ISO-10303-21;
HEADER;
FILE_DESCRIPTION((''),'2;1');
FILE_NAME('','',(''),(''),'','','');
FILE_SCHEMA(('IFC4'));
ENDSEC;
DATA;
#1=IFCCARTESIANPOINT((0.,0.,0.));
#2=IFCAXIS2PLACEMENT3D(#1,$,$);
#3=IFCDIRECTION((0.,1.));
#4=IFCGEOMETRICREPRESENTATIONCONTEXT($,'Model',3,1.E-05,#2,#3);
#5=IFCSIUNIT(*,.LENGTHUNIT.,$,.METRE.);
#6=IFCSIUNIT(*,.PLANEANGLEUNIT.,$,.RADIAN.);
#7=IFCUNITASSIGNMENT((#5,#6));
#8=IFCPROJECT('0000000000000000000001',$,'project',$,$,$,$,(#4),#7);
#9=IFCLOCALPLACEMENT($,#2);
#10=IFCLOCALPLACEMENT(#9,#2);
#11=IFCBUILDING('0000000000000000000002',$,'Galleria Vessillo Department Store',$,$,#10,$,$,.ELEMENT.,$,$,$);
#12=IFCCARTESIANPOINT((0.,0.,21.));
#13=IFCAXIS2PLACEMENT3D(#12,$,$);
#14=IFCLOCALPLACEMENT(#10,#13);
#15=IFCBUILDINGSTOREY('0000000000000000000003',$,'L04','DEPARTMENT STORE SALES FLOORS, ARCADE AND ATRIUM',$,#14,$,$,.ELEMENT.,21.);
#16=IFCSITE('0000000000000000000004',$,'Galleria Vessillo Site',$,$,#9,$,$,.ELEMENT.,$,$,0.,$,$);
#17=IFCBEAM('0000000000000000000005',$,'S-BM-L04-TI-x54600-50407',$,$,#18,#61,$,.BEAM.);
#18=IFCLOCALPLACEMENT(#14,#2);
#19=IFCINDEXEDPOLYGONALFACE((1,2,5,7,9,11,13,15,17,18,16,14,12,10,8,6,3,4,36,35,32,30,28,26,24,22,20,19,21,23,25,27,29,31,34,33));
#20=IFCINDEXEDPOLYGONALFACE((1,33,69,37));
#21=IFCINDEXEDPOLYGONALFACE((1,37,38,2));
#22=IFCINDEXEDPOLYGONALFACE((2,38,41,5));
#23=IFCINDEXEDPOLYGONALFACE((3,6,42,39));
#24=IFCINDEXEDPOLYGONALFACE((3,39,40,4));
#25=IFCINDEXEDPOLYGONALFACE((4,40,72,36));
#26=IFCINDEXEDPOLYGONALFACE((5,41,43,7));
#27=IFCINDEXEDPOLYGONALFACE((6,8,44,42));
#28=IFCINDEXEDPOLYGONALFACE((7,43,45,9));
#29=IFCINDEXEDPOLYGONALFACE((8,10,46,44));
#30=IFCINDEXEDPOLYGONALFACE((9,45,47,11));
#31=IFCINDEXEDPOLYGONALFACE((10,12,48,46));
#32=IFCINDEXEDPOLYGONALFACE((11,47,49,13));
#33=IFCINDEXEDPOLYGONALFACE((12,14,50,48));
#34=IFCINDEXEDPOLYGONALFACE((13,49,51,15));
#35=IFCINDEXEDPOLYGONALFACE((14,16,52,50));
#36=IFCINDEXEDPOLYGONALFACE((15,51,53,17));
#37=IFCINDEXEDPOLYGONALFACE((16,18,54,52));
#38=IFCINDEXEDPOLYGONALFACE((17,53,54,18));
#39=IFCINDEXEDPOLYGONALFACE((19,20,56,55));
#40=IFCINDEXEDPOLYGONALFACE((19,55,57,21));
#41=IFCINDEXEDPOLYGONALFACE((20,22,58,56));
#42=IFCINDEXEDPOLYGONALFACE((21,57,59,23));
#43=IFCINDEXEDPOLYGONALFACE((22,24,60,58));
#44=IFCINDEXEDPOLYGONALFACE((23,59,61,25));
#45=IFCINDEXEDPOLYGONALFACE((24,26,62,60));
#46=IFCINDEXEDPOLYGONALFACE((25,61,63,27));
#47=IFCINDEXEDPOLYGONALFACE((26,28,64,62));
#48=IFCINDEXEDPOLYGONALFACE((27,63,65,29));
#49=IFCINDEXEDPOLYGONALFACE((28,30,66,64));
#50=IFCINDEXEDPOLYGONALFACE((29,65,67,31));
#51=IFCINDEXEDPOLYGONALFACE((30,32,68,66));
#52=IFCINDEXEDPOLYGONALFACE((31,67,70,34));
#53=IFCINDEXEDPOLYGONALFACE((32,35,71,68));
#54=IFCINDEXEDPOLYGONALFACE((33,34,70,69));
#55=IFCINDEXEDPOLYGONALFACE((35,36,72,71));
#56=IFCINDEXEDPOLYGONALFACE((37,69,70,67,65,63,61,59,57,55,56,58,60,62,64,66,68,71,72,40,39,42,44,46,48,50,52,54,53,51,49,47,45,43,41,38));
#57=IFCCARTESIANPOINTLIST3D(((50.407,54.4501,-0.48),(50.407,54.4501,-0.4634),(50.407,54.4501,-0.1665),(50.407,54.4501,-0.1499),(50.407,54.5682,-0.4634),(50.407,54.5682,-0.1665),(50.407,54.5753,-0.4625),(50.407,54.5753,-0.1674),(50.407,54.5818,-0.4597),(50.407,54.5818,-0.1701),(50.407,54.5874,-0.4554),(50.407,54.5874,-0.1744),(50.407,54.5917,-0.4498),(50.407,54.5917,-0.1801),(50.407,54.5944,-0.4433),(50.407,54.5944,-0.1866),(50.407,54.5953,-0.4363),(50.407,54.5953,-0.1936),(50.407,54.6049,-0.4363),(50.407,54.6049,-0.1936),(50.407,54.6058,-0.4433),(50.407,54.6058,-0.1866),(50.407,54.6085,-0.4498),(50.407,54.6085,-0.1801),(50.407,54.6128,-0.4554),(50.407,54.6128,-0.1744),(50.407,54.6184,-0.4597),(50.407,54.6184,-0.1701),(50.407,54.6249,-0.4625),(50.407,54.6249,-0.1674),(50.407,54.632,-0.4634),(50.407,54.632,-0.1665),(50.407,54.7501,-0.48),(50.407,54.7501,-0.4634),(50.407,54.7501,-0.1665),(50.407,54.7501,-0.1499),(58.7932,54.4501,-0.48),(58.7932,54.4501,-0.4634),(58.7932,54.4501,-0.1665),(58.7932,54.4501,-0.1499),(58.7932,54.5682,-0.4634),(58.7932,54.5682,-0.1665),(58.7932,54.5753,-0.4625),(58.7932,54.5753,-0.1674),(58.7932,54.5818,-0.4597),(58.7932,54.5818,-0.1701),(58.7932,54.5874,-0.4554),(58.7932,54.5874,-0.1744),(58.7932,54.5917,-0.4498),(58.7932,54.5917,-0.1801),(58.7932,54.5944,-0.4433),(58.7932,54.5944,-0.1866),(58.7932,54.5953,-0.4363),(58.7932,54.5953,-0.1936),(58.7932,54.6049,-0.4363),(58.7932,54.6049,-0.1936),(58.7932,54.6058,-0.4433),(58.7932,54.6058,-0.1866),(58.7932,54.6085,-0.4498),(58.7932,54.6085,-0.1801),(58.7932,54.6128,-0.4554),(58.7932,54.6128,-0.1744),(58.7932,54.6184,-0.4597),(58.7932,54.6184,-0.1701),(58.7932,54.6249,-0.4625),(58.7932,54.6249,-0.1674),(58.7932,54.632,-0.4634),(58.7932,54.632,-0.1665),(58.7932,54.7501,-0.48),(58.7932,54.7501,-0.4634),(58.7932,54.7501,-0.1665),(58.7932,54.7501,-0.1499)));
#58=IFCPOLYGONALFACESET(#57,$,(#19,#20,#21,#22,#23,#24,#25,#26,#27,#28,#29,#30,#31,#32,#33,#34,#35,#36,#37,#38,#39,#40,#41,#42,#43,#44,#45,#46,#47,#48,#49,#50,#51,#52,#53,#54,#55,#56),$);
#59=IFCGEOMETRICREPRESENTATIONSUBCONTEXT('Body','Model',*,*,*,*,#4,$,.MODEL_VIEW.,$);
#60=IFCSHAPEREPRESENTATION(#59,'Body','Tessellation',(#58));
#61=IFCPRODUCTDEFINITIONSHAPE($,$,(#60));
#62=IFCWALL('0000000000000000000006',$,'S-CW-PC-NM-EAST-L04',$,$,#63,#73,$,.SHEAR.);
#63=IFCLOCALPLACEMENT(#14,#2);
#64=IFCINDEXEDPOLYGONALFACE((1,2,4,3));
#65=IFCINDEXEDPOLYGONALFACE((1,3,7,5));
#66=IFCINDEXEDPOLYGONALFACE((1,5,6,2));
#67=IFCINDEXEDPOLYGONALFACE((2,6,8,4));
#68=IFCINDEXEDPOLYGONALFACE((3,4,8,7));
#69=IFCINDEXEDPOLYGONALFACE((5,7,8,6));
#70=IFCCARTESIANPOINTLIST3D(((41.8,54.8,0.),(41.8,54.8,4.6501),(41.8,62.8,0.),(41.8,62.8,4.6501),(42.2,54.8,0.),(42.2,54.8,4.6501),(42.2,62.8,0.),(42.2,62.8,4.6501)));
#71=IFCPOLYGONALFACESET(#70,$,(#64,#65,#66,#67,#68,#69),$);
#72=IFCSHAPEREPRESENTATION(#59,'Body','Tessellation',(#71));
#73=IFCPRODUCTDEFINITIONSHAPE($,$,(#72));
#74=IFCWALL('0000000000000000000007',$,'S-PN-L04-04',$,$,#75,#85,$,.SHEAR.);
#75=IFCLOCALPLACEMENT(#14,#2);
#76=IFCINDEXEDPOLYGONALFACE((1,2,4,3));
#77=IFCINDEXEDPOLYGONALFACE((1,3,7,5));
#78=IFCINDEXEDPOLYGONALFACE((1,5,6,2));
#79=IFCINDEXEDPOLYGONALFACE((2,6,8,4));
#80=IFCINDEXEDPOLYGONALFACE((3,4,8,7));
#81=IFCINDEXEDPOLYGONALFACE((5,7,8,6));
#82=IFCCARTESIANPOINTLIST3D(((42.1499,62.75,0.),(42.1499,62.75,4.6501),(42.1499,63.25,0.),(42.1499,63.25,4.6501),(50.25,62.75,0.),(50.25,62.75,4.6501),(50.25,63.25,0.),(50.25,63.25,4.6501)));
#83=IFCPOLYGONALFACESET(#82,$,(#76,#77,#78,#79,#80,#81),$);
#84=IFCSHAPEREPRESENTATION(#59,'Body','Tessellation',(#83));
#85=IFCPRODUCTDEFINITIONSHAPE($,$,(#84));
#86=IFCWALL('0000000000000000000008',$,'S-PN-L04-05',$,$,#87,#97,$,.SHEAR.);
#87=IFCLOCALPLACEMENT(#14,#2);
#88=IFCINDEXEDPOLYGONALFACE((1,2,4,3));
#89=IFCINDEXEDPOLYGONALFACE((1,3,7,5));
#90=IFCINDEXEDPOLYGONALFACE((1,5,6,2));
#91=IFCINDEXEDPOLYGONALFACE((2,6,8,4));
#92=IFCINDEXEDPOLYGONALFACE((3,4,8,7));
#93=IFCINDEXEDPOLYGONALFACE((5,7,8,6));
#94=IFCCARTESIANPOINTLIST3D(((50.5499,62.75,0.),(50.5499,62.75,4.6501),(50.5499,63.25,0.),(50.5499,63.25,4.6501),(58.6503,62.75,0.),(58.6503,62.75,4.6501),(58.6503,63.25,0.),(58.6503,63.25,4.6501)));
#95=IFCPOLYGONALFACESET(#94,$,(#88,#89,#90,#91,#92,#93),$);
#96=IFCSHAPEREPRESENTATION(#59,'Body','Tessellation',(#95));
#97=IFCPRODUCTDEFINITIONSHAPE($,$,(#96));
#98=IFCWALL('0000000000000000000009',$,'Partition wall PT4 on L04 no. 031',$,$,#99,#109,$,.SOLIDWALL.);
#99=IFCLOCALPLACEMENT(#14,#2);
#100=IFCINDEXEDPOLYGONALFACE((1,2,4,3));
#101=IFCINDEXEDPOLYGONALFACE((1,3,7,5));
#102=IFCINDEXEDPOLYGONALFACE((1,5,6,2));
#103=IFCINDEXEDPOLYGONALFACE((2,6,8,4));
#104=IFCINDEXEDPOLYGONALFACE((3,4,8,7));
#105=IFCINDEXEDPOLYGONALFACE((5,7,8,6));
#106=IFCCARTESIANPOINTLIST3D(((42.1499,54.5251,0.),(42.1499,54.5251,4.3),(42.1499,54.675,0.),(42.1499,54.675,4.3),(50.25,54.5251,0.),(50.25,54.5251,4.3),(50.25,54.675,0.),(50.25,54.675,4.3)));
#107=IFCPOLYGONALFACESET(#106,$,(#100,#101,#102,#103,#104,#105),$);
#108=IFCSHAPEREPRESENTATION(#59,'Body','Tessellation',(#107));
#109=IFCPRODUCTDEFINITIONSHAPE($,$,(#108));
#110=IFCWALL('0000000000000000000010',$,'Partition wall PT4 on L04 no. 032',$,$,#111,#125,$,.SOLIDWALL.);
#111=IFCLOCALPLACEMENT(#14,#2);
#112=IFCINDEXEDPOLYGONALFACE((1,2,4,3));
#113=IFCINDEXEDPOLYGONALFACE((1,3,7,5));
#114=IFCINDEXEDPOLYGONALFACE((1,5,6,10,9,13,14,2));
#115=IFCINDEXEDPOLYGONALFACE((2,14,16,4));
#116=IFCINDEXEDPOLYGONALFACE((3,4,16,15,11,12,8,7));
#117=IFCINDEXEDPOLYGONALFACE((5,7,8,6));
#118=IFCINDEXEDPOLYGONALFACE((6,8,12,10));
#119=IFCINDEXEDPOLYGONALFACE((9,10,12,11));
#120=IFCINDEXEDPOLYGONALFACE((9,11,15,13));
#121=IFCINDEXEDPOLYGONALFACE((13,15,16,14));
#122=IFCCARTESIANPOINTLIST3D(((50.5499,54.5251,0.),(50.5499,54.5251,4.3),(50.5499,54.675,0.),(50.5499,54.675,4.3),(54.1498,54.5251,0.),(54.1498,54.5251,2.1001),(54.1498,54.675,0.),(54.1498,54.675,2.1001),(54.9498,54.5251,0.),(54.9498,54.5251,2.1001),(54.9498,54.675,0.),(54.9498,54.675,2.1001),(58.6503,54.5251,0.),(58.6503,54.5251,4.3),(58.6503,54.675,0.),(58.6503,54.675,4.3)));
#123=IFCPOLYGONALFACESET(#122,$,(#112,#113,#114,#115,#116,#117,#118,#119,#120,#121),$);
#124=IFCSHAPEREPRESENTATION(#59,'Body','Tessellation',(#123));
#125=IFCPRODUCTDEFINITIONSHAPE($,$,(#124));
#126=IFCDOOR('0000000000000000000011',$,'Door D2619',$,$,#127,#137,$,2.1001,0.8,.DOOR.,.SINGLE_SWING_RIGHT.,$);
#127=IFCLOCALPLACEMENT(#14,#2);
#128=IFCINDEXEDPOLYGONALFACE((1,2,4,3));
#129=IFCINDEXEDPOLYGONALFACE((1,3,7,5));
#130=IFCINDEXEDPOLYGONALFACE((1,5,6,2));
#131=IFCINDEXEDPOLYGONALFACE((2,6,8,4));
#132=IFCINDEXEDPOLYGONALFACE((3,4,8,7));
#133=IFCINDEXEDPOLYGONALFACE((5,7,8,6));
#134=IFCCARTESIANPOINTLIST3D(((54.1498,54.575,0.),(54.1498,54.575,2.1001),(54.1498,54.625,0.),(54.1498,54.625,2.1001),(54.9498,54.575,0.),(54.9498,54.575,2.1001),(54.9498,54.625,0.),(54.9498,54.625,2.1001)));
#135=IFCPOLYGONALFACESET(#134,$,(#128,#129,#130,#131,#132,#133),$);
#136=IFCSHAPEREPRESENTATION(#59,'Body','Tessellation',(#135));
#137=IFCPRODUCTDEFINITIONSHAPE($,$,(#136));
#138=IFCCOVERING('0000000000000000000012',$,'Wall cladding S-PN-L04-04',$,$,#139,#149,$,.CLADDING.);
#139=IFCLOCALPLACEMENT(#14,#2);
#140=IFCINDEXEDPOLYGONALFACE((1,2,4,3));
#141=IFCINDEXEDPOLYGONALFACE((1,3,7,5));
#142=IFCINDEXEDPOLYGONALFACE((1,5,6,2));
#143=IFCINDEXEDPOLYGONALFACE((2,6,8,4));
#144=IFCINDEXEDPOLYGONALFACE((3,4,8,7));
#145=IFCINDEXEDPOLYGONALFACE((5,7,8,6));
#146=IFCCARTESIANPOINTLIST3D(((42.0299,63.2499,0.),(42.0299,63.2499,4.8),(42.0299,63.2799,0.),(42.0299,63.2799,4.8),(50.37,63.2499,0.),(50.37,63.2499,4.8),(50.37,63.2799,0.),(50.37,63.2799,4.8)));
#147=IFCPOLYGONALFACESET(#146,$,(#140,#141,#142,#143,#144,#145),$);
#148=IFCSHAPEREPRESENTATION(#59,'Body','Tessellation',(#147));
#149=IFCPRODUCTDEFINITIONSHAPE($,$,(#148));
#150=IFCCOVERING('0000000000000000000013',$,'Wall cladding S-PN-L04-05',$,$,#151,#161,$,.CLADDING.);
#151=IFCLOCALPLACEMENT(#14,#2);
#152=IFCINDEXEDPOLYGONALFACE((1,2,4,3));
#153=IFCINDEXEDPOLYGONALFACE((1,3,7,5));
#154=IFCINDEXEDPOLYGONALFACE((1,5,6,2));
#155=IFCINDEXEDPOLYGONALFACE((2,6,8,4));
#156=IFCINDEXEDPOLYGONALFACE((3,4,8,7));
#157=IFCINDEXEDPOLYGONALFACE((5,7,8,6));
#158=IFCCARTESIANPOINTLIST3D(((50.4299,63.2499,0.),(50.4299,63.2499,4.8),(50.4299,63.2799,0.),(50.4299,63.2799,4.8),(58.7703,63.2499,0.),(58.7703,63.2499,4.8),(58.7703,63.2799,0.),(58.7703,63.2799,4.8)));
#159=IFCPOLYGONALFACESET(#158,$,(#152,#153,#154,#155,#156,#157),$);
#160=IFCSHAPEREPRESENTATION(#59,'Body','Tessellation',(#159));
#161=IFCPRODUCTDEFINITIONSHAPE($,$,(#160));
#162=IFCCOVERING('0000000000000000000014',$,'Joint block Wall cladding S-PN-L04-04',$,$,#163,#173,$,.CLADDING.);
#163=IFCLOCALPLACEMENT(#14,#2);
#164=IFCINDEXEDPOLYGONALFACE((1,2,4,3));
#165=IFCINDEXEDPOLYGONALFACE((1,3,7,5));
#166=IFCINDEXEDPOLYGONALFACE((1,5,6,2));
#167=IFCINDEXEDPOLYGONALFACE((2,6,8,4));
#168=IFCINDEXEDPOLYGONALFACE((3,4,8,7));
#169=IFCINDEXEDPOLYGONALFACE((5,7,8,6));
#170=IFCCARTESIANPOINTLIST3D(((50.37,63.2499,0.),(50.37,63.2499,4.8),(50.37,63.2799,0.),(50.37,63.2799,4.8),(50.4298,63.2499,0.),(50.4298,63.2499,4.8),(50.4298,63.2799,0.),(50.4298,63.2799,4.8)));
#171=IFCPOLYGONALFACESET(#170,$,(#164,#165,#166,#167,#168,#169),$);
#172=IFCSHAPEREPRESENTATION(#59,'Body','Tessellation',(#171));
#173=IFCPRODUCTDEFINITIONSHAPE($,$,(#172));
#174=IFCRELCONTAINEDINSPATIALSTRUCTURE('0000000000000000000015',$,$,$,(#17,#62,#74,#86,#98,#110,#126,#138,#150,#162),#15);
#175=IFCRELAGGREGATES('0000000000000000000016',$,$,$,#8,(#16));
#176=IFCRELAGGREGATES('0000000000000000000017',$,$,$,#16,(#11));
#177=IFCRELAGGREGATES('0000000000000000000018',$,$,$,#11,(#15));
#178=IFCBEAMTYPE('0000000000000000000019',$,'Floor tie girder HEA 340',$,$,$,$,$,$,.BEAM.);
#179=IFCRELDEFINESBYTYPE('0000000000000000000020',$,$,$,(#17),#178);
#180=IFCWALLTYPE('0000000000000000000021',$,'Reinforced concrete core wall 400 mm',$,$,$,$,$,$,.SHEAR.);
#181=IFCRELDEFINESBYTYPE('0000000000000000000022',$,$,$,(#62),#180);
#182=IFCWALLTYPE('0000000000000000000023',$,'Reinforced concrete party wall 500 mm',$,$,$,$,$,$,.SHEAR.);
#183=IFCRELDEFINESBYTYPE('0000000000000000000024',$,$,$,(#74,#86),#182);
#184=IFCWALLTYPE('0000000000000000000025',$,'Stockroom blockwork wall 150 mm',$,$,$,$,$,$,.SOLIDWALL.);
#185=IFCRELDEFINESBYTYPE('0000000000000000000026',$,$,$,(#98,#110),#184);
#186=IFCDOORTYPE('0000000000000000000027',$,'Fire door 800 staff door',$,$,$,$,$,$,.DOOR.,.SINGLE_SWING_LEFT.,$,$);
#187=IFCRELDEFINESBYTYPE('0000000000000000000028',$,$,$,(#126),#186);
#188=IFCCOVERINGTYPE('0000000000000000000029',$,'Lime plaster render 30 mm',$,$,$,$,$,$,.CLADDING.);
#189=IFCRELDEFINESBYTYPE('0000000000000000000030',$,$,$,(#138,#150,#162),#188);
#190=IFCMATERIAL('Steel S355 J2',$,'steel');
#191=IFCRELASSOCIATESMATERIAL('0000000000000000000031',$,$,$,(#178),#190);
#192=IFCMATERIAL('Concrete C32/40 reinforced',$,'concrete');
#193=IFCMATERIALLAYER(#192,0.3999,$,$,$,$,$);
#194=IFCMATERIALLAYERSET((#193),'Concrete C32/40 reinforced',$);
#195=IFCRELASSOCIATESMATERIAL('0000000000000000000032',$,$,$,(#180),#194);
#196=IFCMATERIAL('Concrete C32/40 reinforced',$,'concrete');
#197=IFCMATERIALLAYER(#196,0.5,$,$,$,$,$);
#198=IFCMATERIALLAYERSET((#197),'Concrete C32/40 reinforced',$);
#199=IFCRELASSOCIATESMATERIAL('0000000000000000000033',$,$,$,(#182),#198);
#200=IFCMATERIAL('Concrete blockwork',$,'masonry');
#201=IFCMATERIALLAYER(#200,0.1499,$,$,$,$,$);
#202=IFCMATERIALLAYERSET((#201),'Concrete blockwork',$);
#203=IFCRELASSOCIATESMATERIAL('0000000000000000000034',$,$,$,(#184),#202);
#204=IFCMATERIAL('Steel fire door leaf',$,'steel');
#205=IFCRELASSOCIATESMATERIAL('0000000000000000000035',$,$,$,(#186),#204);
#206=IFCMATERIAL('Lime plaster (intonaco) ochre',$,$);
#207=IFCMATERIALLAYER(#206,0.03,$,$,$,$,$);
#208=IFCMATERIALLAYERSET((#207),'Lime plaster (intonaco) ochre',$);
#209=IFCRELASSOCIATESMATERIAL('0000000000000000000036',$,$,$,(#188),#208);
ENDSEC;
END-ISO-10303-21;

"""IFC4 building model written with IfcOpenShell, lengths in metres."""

from ifc_helpers import new_model, si_unit, direction, frame, frame_2d, origin, origin_2d, place, context, subcontext, project, spatial, rectangle, i_section, extrude, material, layer, layer_set, material_profile, profile_set, type_object, element, fill, save


model = new_model("IFC4")

# Units and contexts
model_context = context("Model", 3, precision=1e-05, world=origin(), true_north=direction((0.0, 1.0)))
body_context = subcontext(model_context, "Body", "Model", "MODEL_VIEW")
ifc_project = project(units=[si_unit("LENGTHUNIT", "METRE"), si_unit("PLANEANGLEUNIT", "RADIAN")], contexts=[model_context])

# Site, building, storey
site_placement = place(None, origin())
site = spatial("IfcSite", under=ifc_project, at=site_placement, Name="Galleria Vessillo Site", CompositionType="ELEMENT", RefElevation=0.0)
building_placement = place(site_placement, origin())
building = spatial("IfcBuilding", under=site, at=building_placement, Name="Galleria Vessillo Department Store", CompositionType="ELEMENT")
storey_placement = place(building_placement, frame((0.0, 0.0, 21.0)))
storey = spatial("IfcBuildingStorey", under=building, at=storey_placement, Name="L04", Description="DEPARTMENT STORE SALES FLOORS, ARCADE AND ATRIUM", CompositionType="ELEMENT", Elevation=21.0)

# Beam
ifc_material_1 = material(Name="Steel S355 J2", Category="steel")
ifc_material_profile_1 = material_profile(ifc_material_1, i_section(OverallWidth=0.3, OverallDepth=0.3301, WebThickness=0.0095, FlangeThickness=0.0166, FilletRadius=0.0271, at=origin_2d()), Name="HEA 340")
ifc_profile_set_1 = profile_set([ifc_material_profile_1], Name="Steel S355 J2")
beam_type_1 = type_object("IfcBeamType", Name="Floor tie girder HEA 340", PredefinedType="BEAM", material=ifc_profile_set_1)
for number, where, z_axis, x_axis, name in (
    (1, (50.407, 54.6001, -0.3149), (1.0, 0.0, 0.0), (0.0, 1.0, 0.0), "S-BM-L04-TI-x54600-50407"),
):
    element("IfcBeam", number, at=place(storey_placement, frame(where, z_axis=z_axis, x_axis=x_axis)), inside=storey, type_object=beam_type_1, Name=name, PredefinedType="BEAM", context=body_context, shape_type="SweptSolid", body=[
        extrude(i_section(OverallWidth=0.3, OverallDepth=0.3301, WebThickness=0.0095, FlangeThickness=0.0166, FilletRadius=0.0271, at=origin_2d()), origin(), (0.0, 0.0, 1.0), 8.3862),
    ])

# Walls
ifc_material_2 = material(Name="Concrete C32/40 reinforced", Category="concrete")
ifc_layer_1 = layer(ifc_material_2, 0.3999)
ifc_layer_set_1 = layer_set([ifc_layer_1], Name="Concrete C32/40 reinforced")
wall_type_1 = type_object("IfcWallType", Name="Reinforced concrete core wall 400 mm", PredefinedType="SHEAR", material=ifc_layer_set_1)
wall_1_placement = place(storey_placement, frame((42.0, 54.8, 0.0), z_axis=(0.0, 0.0, 1.0), x_axis=(0.0, 1.0, 0.0)))
element("IfcWall", 2, at=wall_1_placement, inside=storey, type_object=wall_type_1, Name="S-CW-PC-NM-EAST-L04", PredefinedType="SHEAR", context=body_context, shape_type="SweptSolid", body=[
    extrude(rectangle(XDim=8.0, YDim=0.3999, at=frame_2d((4.0, 0.0))), origin(), (0.0, 0.0, 1.0), 4.6501),
])
ifc_material_3 = material(Name="Concrete C32/40 reinforced", Category="concrete")
ifc_layer_2 = layer(ifc_material_3, 0.5)
ifc_layer_set_2 = layer_set([ifc_layer_2], Name="Concrete C32/40 reinforced")
wall_type_2 = type_object("IfcWallType", Name="Reinforced concrete party wall 500 mm", PredefinedType="SHEAR", material=ifc_layer_set_2)
wall_2_placement = place(storey_placement, frame((42.1499, 63.0, 0.0), z_axis=(0.0, 0.0, 1.0), x_axis=(1.0, 0.0, 0.0)))
element("IfcWall", 3, at=wall_2_placement, inside=storey, type_object=wall_type_2, Name="S-PN-L04-04", PredefinedType="SHEAR", context=body_context, shape_type="SweptSolid", body=[
    extrude(rectangle(XDim=8.1001, YDim=0.5, at=frame_2d((4.05, 0.0))), origin(), (0.0, 0.0, 1.0), 4.6501),
])
wall_3_placement = place(storey_placement, frame((50.5498, 63.0, 0.0), z_axis=(0.0, 0.0, 1.0), x_axis=(1.0, 0.0, 0.0)))
element("IfcWall", 4, at=wall_3_placement, inside=storey, type_object=wall_type_2, Name="S-PN-L04-05", PredefinedType="SHEAR", context=body_context, shape_type="SweptSolid", body=[
    extrude(rectangle(XDim=8.1003, YDim=0.5, at=frame_2d((4.0503, 0.0))), origin(), (0.0, 0.0, 1.0), 4.6501),
])
ifc_material_4 = material(Name="Concrete blockwork", Category="masonry")
ifc_layer_3 = layer(ifc_material_4, 0.1499)
ifc_layer_set_3 = layer_set([ifc_layer_3], Name="Concrete blockwork")
wall_type_3 = type_object("IfcWallType", Name="Stockroom blockwork wall 150 mm", PredefinedType="SOLIDWALL", material=ifc_layer_set_3)
wall_4_placement = place(storey_placement, frame((42.1499, 54.6001, 0.0), z_axis=(0.0, 0.0, 1.0), x_axis=(1.0, 0.0, 0.0)))
element("IfcWall", 5, at=wall_4_placement, inside=storey, type_object=wall_type_3, Name="Partition wall PT4 on L04 no. 031", PredefinedType="SOLIDWALL", context=body_context, shape_type="SweptSolid", body=[
    extrude(rectangle(XDim=8.1001, YDim=0.1499, at=frame_2d((4.05, 0.0))), origin(), (0.0, 0.0, 1.0), 4.3),
])

# Wall, opening, door
wall_5_placement = place(storey_placement, frame((50.5498, 54.6001, 0.0), z_axis=(0.0, 0.0, 1.0), x_axis=(1.0, 0.0, 0.0)))
wall_5 = element("IfcWall", 6, at=wall_5_placement, inside=storey, type_object=wall_type_3, Name="Partition wall PT4 on L04 no. 032", PredefinedType="SOLIDWALL", context=body_context, shape_type="SweptSolid", body=[
    extrude(rectangle(XDim=8.1003, YDim=0.1499, at=frame_2d((4.0503, 0.0))), origin(), (0.0, 0.0, 1.0), 4.3),
])
opening_placement = place(wall_5_placement, frame((3.6001, 0.0, 0.0)))
opening = element("IfcOpeningElement", 7, at=opening_placement, cuts=wall_5, PredefinedType="OPENING", context=body_context, shape_type="SweptSolid", body=[
    extrude(rectangle(XDim=0.8, YDim=2.1001, at=frame_2d((0.3999, 1.05))), frame((0.0, 0.085, 0.0), z_axis=(0.0, -1.0, 0.0), x_axis=(1.0, 0.0, 0.0)), (0.0, 0.0, 1.0), 0.1699),
])
ifc_material_5 = material(Name="Steel fire door leaf", Category="steel")
door_type = type_object("IfcDoorType", Name="Fire door 800 staff door", OperationType="SINGLE_SWING_LEFT", PredefinedType="DOOR", material=ifc_material_5)
door_placement = place(opening_placement, origin())
door = element("IfcDoor", 8, at=door_placement, inside=storey, type_object=door_type, Name="Door D2619", OperationType="SINGLE_SWING_RIGHT", OverallHeight=2.1001, OverallWidth=0.8, PredefinedType="DOOR", context=body_context, shape_type="SweptSolid", body=[
    extrude(rectangle(XDim=0.8, YDim=2.1001, at=frame_2d((0.3999, 1.05))), frame((0.0, 0.0249, 0.0), z_axis=(0.0, -1.0, 0.0), x_axis=(1.0, 0.0, 0.0)), (0.0, 0.0, 1.0), 0.05),
])
fill(opening, door)

# Coverings
ifc_material_6 = material(Name="Lime plaster (intonaco) ochre")
ifc_layer_4 = layer(ifc_material_6, 0.03)
ifc_layer_set_4 = layer_set([ifc_layer_4], Name="Lime plaster (intonaco) ochre")
covering_type = type_object("IfcCoveringType", Name="Lime plaster render 30 mm", PredefinedType="CLADDING", material=ifc_layer_set_4)
covering_1_placement = place(storey_placement, frame((46.2, 63.2649, 0.0), z_axis=(0.0, 0.0, 1.0), x_axis=(1.0, 0.0, 0.0)))
element("IfcCovering", 9, at=covering_1_placement, inside=storey, type_object=covering_type, Name="Wall cladding S-PN-L04-04", PredefinedType="CLADDING", context=body_context, shape_type="SweptSolid", body=[
    extrude(rectangle(XDim=8.3401, YDim=0.03, at=origin_2d()), origin(), (0.0, 0.0, 1.0), 4.8),
])
covering_2_placement = place(storey_placement, frame((54.6001, 63.2649, 0.0), z_axis=(0.0, 0.0, 1.0), x_axis=(1.0, 0.0, 0.0)))
element("IfcCovering", 10, at=covering_2_placement, inside=storey, type_object=covering_type, Name="Wall cladding S-PN-L04-05", PredefinedType="CLADDING", context=body_context, shape_type="SweptSolid", body=[
    extrude(rectangle(XDim=8.3403, YDim=0.03, at=origin_2d()), origin(), (0.0, 0.0, 1.0), 4.8),
])
covering_3_placement = place(storey_placement, frame((50.3999, 63.2649, 0.0), z_axis=(0.0, 0.0, 1.0), x_axis=(1.0, 0.0, 0.0)))
element("IfcCovering", 11, at=covering_3_placement, inside=storey, type_object=covering_type, Name="Joint block Wall cladding S-PN-L04-04", PredefinedType="CLADDING", context=body_context, shape_type="SweptSolid", body=[
    extrude(rectangle(XDim=0.0598, YDim=0.03, at=origin_2d()), origin(), (0.0, 0.0, 1.0), 4.8),
])

save(model, "model.ifc")
